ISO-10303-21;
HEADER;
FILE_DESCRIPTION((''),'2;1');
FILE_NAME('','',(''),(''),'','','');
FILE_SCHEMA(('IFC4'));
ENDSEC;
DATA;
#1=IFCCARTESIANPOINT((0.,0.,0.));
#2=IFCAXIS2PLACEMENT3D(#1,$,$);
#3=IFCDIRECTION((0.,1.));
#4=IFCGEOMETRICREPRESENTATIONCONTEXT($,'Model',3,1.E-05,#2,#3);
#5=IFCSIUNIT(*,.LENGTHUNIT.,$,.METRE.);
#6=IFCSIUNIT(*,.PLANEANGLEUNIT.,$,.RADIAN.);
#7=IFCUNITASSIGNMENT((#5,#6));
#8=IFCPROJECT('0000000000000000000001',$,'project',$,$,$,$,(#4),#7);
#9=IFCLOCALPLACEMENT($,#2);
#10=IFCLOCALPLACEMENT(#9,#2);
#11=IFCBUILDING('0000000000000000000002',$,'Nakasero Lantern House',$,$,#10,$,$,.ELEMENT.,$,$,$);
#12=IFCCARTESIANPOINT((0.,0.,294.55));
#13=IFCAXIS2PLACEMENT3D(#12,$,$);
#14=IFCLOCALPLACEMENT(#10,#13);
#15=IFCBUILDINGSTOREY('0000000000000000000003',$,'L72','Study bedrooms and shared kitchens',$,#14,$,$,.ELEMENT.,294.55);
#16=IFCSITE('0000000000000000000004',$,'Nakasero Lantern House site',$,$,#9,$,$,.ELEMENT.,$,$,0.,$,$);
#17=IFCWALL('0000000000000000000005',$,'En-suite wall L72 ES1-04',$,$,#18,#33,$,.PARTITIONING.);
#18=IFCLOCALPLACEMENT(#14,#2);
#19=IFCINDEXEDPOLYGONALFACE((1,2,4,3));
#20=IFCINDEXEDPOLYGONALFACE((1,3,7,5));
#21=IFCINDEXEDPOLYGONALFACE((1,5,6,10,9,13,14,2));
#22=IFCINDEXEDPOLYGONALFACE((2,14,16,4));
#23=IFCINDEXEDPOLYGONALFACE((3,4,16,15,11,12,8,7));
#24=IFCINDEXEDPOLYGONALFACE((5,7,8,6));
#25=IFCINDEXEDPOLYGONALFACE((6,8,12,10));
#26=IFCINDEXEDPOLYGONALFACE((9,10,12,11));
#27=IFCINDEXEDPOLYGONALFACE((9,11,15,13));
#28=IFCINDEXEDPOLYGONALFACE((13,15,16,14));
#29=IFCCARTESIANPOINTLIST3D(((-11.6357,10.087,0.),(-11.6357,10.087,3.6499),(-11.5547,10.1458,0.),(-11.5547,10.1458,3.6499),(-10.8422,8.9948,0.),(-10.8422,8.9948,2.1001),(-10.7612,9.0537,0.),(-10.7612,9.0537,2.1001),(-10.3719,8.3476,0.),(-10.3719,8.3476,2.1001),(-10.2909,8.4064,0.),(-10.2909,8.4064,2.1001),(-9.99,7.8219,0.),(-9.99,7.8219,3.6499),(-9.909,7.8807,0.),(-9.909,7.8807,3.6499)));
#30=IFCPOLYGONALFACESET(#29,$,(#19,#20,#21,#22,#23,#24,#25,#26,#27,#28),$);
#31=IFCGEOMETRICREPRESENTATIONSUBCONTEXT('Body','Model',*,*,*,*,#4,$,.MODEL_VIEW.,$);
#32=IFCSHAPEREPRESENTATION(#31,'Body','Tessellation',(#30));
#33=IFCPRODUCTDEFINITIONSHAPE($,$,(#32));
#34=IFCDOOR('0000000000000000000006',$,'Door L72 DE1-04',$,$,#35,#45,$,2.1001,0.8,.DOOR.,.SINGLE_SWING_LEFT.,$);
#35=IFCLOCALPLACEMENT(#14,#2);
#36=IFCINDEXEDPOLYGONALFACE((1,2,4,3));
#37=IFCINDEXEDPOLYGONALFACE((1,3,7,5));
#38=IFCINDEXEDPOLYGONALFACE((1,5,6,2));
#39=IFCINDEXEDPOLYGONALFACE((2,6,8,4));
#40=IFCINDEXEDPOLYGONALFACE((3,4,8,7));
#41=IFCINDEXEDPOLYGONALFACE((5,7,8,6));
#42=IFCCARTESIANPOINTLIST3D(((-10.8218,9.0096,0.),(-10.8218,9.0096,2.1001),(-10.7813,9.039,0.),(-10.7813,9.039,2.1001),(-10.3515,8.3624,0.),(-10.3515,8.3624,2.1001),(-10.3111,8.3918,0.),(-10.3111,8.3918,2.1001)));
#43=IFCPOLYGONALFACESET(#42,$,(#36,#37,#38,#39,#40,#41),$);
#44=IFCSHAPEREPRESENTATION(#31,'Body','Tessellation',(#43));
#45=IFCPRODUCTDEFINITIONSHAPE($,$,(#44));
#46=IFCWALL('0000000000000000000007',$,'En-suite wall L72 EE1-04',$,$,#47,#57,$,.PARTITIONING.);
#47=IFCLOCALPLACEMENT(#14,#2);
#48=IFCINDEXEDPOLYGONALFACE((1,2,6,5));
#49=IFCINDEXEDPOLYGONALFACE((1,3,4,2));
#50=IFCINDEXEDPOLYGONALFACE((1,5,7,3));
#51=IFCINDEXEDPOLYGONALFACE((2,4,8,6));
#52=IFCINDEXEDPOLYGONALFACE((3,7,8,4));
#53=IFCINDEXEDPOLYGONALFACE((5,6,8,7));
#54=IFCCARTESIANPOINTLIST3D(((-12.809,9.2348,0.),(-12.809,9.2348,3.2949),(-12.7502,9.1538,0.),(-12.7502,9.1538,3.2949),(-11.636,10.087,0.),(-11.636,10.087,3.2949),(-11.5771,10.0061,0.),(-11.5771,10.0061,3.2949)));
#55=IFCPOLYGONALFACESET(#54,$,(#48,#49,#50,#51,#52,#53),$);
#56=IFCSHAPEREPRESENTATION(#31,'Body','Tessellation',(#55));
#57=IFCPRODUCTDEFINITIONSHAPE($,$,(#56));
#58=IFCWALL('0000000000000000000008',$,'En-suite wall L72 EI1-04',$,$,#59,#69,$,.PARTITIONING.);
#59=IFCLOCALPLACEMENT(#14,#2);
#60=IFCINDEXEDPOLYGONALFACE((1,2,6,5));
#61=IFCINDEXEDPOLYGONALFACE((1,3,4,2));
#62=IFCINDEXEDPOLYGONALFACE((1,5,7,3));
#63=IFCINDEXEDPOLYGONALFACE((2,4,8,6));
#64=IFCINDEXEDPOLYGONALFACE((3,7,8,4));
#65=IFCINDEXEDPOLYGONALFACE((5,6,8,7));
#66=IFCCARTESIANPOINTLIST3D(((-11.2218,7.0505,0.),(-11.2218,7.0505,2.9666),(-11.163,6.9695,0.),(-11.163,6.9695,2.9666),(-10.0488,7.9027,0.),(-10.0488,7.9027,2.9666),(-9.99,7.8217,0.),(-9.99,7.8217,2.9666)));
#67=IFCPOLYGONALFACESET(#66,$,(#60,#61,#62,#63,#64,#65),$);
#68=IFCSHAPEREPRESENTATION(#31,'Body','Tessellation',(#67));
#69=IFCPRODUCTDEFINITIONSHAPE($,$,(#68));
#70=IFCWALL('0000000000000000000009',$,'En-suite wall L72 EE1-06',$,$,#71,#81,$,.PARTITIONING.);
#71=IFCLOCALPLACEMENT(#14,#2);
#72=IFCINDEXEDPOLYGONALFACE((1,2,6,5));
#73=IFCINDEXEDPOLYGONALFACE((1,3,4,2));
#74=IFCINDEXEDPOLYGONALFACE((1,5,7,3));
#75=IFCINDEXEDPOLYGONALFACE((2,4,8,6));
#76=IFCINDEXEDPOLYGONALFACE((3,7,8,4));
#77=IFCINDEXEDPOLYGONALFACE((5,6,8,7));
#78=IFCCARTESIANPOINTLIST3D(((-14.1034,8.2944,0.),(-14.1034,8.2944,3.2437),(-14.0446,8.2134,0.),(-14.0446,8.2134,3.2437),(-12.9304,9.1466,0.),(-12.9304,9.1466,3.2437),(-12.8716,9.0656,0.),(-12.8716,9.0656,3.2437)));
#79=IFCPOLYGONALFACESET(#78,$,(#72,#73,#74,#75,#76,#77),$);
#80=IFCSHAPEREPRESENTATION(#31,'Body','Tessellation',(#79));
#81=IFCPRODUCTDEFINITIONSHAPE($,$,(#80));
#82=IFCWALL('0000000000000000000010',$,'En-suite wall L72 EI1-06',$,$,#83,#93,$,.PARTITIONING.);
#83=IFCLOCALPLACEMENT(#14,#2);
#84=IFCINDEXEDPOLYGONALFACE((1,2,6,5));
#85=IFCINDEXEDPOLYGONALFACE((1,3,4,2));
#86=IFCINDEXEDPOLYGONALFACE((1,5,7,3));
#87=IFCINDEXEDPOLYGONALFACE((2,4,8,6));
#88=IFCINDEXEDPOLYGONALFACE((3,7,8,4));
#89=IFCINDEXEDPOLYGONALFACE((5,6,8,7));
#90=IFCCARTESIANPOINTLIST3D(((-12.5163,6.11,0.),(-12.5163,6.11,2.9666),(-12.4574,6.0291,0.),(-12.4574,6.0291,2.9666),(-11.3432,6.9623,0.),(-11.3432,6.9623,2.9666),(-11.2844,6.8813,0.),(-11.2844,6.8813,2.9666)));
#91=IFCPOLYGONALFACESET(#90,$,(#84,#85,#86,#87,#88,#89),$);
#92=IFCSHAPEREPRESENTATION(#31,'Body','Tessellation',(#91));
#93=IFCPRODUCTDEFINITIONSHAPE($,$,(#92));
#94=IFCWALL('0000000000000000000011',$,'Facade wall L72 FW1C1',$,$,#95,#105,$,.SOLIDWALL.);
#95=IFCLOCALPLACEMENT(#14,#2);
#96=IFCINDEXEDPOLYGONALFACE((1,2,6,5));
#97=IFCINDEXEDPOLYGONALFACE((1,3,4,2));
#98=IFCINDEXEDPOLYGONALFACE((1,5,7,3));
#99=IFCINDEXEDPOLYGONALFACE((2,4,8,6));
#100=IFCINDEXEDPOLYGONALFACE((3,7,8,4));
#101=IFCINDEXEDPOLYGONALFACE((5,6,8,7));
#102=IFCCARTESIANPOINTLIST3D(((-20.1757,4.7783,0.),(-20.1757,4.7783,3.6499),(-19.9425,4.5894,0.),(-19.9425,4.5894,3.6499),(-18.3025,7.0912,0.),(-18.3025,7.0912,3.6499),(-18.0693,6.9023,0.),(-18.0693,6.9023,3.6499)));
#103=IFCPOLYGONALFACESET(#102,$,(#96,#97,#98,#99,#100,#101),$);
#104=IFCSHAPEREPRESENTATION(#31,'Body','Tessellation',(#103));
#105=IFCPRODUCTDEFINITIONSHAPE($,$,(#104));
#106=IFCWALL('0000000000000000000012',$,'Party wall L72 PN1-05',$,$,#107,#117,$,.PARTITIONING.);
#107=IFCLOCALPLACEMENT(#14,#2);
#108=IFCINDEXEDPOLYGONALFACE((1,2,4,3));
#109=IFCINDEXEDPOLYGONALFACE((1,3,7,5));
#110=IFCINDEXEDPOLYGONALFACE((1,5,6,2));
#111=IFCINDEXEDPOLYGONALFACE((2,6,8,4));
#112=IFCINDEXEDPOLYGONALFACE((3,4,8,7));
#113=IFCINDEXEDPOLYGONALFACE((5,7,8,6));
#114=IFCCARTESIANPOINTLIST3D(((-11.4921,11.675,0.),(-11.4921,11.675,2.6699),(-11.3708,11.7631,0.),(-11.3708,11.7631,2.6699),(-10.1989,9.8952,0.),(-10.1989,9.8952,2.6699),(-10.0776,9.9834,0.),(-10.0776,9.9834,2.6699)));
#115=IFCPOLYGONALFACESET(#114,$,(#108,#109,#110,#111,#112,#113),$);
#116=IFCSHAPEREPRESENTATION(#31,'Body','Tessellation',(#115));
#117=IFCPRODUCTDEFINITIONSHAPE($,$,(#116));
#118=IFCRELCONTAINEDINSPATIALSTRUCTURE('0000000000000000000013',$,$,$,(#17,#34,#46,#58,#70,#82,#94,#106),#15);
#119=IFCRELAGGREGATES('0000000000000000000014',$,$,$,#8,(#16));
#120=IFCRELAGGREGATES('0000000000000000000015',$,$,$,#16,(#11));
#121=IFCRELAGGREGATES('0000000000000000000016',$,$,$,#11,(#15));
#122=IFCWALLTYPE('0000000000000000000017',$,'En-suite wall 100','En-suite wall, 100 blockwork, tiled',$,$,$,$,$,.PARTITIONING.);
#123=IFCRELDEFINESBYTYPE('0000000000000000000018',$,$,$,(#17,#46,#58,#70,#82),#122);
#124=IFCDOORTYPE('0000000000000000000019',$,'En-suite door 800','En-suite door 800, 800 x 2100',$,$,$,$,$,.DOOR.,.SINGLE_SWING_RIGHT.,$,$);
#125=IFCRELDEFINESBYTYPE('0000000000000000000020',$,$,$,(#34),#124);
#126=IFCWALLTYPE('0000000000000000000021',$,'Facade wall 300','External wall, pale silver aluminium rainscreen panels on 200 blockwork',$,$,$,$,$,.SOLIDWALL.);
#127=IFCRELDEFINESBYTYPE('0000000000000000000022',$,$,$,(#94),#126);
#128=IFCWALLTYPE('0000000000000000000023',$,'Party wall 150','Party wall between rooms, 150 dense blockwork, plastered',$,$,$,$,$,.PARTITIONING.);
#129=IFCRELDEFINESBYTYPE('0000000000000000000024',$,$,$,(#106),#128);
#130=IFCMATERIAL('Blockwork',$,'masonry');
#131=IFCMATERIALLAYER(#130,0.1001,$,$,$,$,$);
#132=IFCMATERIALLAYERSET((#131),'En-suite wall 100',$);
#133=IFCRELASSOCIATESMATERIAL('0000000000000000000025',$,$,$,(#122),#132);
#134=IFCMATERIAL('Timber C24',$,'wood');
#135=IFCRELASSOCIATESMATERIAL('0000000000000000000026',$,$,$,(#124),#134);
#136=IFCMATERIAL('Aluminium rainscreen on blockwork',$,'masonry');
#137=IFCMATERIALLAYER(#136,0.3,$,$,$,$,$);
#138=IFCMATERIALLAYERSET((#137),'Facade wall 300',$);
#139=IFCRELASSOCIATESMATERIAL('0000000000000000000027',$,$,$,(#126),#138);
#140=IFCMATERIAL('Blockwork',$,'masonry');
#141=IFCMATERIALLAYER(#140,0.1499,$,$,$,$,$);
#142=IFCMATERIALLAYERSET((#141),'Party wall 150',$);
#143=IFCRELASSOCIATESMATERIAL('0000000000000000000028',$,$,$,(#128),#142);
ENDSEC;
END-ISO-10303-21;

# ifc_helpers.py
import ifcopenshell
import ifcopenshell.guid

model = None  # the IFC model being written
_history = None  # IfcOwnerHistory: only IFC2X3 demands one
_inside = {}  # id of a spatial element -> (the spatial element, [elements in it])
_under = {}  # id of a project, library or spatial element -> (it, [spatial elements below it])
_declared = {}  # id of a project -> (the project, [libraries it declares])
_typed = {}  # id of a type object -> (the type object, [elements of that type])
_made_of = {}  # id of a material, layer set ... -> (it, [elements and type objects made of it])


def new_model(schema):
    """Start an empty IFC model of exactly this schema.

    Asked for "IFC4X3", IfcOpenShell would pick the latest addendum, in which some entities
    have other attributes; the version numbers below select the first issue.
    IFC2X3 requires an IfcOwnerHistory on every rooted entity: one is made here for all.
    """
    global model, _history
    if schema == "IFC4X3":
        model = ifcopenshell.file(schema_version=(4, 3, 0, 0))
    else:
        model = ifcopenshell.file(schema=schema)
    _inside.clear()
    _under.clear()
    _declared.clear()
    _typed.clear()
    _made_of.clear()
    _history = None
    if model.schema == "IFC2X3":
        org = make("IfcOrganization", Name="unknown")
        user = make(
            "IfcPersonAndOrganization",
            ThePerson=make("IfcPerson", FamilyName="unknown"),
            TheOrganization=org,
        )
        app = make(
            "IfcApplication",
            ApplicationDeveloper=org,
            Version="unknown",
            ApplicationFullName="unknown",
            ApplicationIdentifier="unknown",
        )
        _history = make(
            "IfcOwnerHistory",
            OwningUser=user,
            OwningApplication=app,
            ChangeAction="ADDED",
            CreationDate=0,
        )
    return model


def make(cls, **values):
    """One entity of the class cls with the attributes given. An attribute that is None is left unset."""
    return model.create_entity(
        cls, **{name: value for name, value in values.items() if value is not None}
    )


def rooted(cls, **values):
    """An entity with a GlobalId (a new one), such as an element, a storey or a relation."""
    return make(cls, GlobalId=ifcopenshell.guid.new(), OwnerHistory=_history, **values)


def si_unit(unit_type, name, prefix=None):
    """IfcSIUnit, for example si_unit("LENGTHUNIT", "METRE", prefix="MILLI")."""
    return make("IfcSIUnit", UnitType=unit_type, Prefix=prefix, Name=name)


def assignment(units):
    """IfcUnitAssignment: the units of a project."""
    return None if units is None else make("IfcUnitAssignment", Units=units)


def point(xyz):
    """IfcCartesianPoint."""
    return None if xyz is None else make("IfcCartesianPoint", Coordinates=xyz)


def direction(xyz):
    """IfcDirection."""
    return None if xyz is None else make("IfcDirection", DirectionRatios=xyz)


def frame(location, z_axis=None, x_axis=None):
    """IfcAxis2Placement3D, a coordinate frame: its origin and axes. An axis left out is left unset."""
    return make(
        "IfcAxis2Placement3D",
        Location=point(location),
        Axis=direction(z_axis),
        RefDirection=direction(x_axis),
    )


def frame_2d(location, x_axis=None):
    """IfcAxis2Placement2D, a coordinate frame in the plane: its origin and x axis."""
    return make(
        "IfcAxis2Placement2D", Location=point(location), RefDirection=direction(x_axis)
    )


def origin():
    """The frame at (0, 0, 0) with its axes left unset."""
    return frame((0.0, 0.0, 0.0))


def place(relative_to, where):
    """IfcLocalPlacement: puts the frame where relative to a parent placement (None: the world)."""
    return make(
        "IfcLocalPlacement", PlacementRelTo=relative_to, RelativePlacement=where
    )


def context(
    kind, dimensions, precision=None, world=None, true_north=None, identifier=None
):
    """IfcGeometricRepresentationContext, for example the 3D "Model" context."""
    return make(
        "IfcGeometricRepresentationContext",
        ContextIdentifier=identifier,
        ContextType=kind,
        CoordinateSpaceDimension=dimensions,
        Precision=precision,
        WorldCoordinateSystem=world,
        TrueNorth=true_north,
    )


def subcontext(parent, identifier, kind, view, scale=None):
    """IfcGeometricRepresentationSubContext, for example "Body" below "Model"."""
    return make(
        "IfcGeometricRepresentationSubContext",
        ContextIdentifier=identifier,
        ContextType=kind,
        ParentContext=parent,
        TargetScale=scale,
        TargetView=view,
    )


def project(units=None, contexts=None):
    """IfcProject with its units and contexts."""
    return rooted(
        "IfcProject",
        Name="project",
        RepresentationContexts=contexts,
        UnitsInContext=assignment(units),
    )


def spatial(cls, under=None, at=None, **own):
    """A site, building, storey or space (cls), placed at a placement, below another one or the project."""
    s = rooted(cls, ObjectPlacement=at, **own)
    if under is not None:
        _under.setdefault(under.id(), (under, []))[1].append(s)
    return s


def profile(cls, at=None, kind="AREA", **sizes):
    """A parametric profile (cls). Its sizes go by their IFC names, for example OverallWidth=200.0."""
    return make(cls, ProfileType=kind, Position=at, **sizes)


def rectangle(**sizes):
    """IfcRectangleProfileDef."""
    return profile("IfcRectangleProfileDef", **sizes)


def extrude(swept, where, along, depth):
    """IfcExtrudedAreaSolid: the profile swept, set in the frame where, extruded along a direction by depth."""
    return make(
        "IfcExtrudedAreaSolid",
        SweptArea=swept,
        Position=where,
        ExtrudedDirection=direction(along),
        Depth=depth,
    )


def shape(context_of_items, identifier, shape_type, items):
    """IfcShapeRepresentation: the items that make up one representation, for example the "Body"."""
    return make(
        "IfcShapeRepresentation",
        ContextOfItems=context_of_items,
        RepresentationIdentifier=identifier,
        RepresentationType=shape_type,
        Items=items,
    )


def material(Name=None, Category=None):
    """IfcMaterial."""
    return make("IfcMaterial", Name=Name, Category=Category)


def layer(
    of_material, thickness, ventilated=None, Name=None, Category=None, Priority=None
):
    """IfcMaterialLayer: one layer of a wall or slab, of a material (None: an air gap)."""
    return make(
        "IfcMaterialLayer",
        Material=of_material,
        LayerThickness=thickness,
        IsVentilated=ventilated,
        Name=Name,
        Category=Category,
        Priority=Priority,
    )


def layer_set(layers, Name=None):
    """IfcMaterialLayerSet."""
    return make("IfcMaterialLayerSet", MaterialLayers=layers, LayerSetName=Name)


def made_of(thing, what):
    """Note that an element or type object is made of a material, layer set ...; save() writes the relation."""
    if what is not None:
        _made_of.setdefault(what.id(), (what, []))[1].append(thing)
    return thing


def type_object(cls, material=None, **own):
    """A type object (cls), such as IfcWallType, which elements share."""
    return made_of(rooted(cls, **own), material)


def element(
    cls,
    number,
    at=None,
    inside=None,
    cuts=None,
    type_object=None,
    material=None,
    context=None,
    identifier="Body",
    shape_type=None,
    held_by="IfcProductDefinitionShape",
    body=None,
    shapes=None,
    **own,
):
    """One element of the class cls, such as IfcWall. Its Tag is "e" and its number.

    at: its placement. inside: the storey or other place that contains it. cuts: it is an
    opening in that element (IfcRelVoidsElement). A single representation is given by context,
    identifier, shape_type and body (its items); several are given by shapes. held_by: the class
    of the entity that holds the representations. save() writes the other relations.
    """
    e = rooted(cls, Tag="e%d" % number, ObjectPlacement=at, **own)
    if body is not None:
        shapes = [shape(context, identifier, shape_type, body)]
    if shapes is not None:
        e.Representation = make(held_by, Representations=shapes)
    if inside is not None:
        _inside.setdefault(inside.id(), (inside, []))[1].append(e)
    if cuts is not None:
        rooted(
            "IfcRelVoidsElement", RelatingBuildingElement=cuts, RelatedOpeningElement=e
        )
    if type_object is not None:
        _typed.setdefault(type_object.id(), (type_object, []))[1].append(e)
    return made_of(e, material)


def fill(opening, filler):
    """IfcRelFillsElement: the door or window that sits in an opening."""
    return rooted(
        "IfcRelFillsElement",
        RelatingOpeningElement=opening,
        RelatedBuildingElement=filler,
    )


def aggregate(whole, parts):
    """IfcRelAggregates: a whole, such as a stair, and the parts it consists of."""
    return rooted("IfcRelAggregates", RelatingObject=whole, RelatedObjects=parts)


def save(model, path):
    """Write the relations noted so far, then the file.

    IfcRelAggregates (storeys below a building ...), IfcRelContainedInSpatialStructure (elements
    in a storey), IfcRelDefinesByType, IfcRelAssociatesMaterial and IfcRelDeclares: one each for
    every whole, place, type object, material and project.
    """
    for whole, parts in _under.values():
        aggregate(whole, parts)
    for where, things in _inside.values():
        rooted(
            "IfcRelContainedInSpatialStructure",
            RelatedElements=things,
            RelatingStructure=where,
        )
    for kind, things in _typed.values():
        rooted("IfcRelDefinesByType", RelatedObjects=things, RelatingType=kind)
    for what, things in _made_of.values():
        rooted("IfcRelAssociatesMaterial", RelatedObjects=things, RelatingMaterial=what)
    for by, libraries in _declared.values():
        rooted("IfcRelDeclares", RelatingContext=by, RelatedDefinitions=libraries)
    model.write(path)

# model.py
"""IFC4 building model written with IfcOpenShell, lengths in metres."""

from ifc_helpers import new_model, si_unit, direction, frame, frame_2d, origin, place, context, subcontext, project, spatial, rectangle, extrude, material, layer, layer_set, type_object, element, fill, save


model = new_model("IFC4")

# Units and contexts
model_context = context("Model", 3, precision=1e-05, world=origin(), true_north=direction((0.0, 1.0)))
body_context = subcontext(model_context, "Body", "Model", "MODEL_VIEW")
ifc_project = project(units=[si_unit("LENGTHUNIT", "METRE"), si_unit("PLANEANGLEUNIT", "RADIAN")], contexts=[model_context])

# Site, building, storey
site_placement = place(None, origin())
site = spatial("IfcSite", under=ifc_project, at=site_placement, Name="Nakasero Lantern House site", CompositionType="ELEMENT", RefElevation=0.0)
building_placement = place(site_placement, origin())
building = spatial("IfcBuilding", under=site, at=building_placement, Name="Nakasero Lantern House", CompositionType="ELEMENT")
storey_placement = place(building_placement, frame((0.0, 0.0, 294.55)))
storey = spatial("IfcBuildingStorey", under=building, at=storey_placement, Name="L72", Description="Study bedrooms and shared kitchens", CompositionType="ELEMENT", Elevation=294.55)

# Wall, opening, door
ifc_material_1 = material(Name="Blockwork", Category="masonry")
ifc_layer_1 = layer(ifc_material_1, 0.1001)
ifc_layer_set_1 = layer_set([ifc_layer_1], Name="En-suite wall 100")
wall_type_1 = type_object("IfcWallType", Name="En-suite wall 100", Description="En-suite wall, 100 blockwork, tiled", PredefinedType="PARTITIONING", material=ifc_layer_set_1)
wall_1_placement = place(storey_placement, frame((-9.9495, 7.8513, 0.0), z_axis=(0.0, 0.0, 1.0), x_axis=(-0.587793, 0.809011, 0.0)))
wall_1 = element("IfcWall", 1, at=wall_1_placement, inside=storey, type_object=wall_type_1, Name="En-suite wall L72 ES1-04", PredefinedType="PARTITIONING", context=body_context, shape_type="SweptSolid", body=[
    extrude(rectangle(XDim=2.7998, YDim=0.1001, at=frame_2d((1.3999, 0.0))), origin(), (0.0, 0.0, 1.0), 3.6499),
])
opening_1_placement = place(wall_1_placement, frame((0.6499, 0.0, 0.0)))
opening_1 = element("IfcOpeningElement", 2, at=opening_1_placement, cuts=wall_1, PredefinedType="OPENING", context=body_context, shape_type="SweptSolid", body=[
    extrude(rectangle(XDim=0.8, YDim=2.1001, at=frame_2d((0.3999, 1.05))), frame((0.0, 0.0701, 0.0), z_axis=(0.0, -1.0, 0.0), x_axis=(1.0, 0.0, 0.0)), (0.0, 0.0, 1.0), 0.1401),
])
ifc_material_2 = material(Name="Timber C24", Category="wood")
door_type_1 = type_object("IfcDoorType", Name="En-suite door 800", Description="En-suite door 800, 800 x 2100", OperationType="SINGLE_SWING_RIGHT", PredefinedType="DOOR", material=ifc_material_2)
door_1_placement = place(opening_1_placement, origin())
door_1 = element("IfcDoor", 3, at=door_1_placement, inside=storey, type_object=door_type_1, Name="Door L72 DE1-04", OperationType="SINGLE_SWING_LEFT", OverallHeight=2.1001, OverallWidth=0.8, PredefinedType="DOOR", context=body_context, shape_type="SweptSolid", body=[
    extrude(rectangle(XDim=0.8, YDim=2.1001, at=frame_2d((0.3999, 1.05))), frame((0.0, 0.0249, 0.0), z_axis=(0.0, -1.0, 0.0), x_axis=(1.0, 0.0, 0.0)), (0.0, 0.0, 1.0), 0.05),
])
fill(opening_1, door_1)

# Walls
wall_2_placement = place(storey_placement, frame((-11.6064, 10.0466, 0.0), z_axis=(0.0, 0.0, 1.0), x_axis=(-0.80902, -0.587781, 0.0)))
element("IfcWall", 4, at=wall_2_placement, inside=storey, type_object=wall_type_1, Name="En-suite wall L72 EE1-04", PredefinedType="PARTITIONING", context=body_context, shape_type="SweptSolid", body=[
    extrude(rectangle(XDim=1.45, YDim=0.1001, at=frame_2d((0.7251, 0.0))), origin(), (0.0, 0.0, 1.0), 3.2949),
])
wall_3_placement = place(storey_placement, frame((-10.0193, 7.8623, 0.0), z_axis=(0.0, 0.0, 1.0), x_axis=(-0.80902, -0.587781, 0.0)))
element("IfcWall", 5, at=wall_3_placement, inside=storey, type_object=wall_type_1, Name="En-suite wall L72 EI1-04", PredefinedType="PARTITIONING", context=body_context, shape_type="SweptSolid", body=[
    extrude(rectangle(XDim=1.45, YDim=0.1001, at=frame_2d((0.7251, 0.0))), origin(), (0.0, 0.0, 1.0), 2.9666),
])
wall_4_placement = place(storey_placement, frame((-12.9009, 9.1062, 0.0), z_axis=(0.0, 0.0, 1.0), x_axis=(-0.80902, -0.587781, 0.0)))
element("IfcWall", 6, at=wall_4_placement, inside=storey, type_object=wall_type_1, Name="En-suite wall L72 EE1-06", PredefinedType="PARTITIONING", context=body_context, shape_type="SweptSolid", body=[
    extrude(rectangle(XDim=1.45, YDim=0.1001, at=frame_2d((0.7251, 0.0))), origin(), (0.0, 0.0, 1.0), 3.2437),
])
wall_5_placement = place(storey_placement, frame((-11.3137, 6.9219, 0.0), z_axis=(0.0, 0.0, 1.0), x_axis=(-0.80902, -0.587781, 0.0)))
element("IfcWall", 7, at=wall_5_placement, inside=storey, type_object=wall_type_1, Name="En-suite wall L72 EI1-06", PredefinedType="PARTITIONING", context=body_context, shape_type="SweptSolid", body=[
    extrude(rectangle(XDim=1.45, YDim=0.1001, at=frame_2d((0.7251, 0.0))), origin(), (0.0, 0.0, 1.0), 2.9666),
])
ifc_material_3 = material(Name="Aluminium rainscreen on blockwork", Category="masonry")
ifc_layer_2 = layer(ifc_material_3, 0.3)
ifc_layer_set_2 = layer_set([ifc_layer_2], Name="Facade wall 300")
wall_type_2 = type_object("IfcWallType", Name="Facade wall 300", Description="External wall, pale silver aluminium rainscreen panels on 200 blockwork", PredefinedType="SOLIDWALL", material=ifc_layer_set_2)
wall_6_placement = place(storey_placement, frame((-18.1858, 6.9968, 0.0), z_axis=(0.0, 0.0, 1.0), x_axis=(-0.629375, -0.777102, 0.0)))
element("IfcWall", 8, at=wall_6_placement, inside=storey, type_object=wall_type_2, Name="Facade wall L72 FW1C1", PredefinedType="SOLIDWALL", context=body_context, shape_type="SweptSolid", body=[
    extrude(rectangle(XDim=2.9763, YDim=0.3, at=frame_2d((1.4883, 0.0))), origin(), (0.0, 0.0, 1.0), 3.6499),
])
ifc_material_4 = material(Name="Blockwork", Category="masonry")
ifc_layer_3 = layer(ifc_material_4, 0.1499)
ifc_layer_set_3 = layer_set([ifc_layer_3], Name="Party wall 150")
wall_type_3 = type_object("IfcWallType", Name="Party wall 150", Description="Party wall between rooms, 150 dense blockwork, plastered", PredefinedType="PARTITIONING", material=ifc_layer_set_3)
wall_7_placement = place(storey_placement, frame((-10.1382, 9.9392, 0.0), z_axis=(0.0, 0.0, 1.0), x_axis=(-0.587822, 0.80899, 0.0)))
element("IfcWall", 9, at=wall_7_placement, inside=storey, type_object=wall_type_3, Name="Party wall L72 PN1-05", PredefinedType="PARTITIONING", context=body_context, shape_type="SweptSolid", body=[
    extrude(rectangle(XDim=2.2, YDim=0.1499, at=frame_2d((1.1001, 0.0))), origin(), (0.0, 0.0, 1.0), 2.6699),
])

save(model, "model.ifc")
